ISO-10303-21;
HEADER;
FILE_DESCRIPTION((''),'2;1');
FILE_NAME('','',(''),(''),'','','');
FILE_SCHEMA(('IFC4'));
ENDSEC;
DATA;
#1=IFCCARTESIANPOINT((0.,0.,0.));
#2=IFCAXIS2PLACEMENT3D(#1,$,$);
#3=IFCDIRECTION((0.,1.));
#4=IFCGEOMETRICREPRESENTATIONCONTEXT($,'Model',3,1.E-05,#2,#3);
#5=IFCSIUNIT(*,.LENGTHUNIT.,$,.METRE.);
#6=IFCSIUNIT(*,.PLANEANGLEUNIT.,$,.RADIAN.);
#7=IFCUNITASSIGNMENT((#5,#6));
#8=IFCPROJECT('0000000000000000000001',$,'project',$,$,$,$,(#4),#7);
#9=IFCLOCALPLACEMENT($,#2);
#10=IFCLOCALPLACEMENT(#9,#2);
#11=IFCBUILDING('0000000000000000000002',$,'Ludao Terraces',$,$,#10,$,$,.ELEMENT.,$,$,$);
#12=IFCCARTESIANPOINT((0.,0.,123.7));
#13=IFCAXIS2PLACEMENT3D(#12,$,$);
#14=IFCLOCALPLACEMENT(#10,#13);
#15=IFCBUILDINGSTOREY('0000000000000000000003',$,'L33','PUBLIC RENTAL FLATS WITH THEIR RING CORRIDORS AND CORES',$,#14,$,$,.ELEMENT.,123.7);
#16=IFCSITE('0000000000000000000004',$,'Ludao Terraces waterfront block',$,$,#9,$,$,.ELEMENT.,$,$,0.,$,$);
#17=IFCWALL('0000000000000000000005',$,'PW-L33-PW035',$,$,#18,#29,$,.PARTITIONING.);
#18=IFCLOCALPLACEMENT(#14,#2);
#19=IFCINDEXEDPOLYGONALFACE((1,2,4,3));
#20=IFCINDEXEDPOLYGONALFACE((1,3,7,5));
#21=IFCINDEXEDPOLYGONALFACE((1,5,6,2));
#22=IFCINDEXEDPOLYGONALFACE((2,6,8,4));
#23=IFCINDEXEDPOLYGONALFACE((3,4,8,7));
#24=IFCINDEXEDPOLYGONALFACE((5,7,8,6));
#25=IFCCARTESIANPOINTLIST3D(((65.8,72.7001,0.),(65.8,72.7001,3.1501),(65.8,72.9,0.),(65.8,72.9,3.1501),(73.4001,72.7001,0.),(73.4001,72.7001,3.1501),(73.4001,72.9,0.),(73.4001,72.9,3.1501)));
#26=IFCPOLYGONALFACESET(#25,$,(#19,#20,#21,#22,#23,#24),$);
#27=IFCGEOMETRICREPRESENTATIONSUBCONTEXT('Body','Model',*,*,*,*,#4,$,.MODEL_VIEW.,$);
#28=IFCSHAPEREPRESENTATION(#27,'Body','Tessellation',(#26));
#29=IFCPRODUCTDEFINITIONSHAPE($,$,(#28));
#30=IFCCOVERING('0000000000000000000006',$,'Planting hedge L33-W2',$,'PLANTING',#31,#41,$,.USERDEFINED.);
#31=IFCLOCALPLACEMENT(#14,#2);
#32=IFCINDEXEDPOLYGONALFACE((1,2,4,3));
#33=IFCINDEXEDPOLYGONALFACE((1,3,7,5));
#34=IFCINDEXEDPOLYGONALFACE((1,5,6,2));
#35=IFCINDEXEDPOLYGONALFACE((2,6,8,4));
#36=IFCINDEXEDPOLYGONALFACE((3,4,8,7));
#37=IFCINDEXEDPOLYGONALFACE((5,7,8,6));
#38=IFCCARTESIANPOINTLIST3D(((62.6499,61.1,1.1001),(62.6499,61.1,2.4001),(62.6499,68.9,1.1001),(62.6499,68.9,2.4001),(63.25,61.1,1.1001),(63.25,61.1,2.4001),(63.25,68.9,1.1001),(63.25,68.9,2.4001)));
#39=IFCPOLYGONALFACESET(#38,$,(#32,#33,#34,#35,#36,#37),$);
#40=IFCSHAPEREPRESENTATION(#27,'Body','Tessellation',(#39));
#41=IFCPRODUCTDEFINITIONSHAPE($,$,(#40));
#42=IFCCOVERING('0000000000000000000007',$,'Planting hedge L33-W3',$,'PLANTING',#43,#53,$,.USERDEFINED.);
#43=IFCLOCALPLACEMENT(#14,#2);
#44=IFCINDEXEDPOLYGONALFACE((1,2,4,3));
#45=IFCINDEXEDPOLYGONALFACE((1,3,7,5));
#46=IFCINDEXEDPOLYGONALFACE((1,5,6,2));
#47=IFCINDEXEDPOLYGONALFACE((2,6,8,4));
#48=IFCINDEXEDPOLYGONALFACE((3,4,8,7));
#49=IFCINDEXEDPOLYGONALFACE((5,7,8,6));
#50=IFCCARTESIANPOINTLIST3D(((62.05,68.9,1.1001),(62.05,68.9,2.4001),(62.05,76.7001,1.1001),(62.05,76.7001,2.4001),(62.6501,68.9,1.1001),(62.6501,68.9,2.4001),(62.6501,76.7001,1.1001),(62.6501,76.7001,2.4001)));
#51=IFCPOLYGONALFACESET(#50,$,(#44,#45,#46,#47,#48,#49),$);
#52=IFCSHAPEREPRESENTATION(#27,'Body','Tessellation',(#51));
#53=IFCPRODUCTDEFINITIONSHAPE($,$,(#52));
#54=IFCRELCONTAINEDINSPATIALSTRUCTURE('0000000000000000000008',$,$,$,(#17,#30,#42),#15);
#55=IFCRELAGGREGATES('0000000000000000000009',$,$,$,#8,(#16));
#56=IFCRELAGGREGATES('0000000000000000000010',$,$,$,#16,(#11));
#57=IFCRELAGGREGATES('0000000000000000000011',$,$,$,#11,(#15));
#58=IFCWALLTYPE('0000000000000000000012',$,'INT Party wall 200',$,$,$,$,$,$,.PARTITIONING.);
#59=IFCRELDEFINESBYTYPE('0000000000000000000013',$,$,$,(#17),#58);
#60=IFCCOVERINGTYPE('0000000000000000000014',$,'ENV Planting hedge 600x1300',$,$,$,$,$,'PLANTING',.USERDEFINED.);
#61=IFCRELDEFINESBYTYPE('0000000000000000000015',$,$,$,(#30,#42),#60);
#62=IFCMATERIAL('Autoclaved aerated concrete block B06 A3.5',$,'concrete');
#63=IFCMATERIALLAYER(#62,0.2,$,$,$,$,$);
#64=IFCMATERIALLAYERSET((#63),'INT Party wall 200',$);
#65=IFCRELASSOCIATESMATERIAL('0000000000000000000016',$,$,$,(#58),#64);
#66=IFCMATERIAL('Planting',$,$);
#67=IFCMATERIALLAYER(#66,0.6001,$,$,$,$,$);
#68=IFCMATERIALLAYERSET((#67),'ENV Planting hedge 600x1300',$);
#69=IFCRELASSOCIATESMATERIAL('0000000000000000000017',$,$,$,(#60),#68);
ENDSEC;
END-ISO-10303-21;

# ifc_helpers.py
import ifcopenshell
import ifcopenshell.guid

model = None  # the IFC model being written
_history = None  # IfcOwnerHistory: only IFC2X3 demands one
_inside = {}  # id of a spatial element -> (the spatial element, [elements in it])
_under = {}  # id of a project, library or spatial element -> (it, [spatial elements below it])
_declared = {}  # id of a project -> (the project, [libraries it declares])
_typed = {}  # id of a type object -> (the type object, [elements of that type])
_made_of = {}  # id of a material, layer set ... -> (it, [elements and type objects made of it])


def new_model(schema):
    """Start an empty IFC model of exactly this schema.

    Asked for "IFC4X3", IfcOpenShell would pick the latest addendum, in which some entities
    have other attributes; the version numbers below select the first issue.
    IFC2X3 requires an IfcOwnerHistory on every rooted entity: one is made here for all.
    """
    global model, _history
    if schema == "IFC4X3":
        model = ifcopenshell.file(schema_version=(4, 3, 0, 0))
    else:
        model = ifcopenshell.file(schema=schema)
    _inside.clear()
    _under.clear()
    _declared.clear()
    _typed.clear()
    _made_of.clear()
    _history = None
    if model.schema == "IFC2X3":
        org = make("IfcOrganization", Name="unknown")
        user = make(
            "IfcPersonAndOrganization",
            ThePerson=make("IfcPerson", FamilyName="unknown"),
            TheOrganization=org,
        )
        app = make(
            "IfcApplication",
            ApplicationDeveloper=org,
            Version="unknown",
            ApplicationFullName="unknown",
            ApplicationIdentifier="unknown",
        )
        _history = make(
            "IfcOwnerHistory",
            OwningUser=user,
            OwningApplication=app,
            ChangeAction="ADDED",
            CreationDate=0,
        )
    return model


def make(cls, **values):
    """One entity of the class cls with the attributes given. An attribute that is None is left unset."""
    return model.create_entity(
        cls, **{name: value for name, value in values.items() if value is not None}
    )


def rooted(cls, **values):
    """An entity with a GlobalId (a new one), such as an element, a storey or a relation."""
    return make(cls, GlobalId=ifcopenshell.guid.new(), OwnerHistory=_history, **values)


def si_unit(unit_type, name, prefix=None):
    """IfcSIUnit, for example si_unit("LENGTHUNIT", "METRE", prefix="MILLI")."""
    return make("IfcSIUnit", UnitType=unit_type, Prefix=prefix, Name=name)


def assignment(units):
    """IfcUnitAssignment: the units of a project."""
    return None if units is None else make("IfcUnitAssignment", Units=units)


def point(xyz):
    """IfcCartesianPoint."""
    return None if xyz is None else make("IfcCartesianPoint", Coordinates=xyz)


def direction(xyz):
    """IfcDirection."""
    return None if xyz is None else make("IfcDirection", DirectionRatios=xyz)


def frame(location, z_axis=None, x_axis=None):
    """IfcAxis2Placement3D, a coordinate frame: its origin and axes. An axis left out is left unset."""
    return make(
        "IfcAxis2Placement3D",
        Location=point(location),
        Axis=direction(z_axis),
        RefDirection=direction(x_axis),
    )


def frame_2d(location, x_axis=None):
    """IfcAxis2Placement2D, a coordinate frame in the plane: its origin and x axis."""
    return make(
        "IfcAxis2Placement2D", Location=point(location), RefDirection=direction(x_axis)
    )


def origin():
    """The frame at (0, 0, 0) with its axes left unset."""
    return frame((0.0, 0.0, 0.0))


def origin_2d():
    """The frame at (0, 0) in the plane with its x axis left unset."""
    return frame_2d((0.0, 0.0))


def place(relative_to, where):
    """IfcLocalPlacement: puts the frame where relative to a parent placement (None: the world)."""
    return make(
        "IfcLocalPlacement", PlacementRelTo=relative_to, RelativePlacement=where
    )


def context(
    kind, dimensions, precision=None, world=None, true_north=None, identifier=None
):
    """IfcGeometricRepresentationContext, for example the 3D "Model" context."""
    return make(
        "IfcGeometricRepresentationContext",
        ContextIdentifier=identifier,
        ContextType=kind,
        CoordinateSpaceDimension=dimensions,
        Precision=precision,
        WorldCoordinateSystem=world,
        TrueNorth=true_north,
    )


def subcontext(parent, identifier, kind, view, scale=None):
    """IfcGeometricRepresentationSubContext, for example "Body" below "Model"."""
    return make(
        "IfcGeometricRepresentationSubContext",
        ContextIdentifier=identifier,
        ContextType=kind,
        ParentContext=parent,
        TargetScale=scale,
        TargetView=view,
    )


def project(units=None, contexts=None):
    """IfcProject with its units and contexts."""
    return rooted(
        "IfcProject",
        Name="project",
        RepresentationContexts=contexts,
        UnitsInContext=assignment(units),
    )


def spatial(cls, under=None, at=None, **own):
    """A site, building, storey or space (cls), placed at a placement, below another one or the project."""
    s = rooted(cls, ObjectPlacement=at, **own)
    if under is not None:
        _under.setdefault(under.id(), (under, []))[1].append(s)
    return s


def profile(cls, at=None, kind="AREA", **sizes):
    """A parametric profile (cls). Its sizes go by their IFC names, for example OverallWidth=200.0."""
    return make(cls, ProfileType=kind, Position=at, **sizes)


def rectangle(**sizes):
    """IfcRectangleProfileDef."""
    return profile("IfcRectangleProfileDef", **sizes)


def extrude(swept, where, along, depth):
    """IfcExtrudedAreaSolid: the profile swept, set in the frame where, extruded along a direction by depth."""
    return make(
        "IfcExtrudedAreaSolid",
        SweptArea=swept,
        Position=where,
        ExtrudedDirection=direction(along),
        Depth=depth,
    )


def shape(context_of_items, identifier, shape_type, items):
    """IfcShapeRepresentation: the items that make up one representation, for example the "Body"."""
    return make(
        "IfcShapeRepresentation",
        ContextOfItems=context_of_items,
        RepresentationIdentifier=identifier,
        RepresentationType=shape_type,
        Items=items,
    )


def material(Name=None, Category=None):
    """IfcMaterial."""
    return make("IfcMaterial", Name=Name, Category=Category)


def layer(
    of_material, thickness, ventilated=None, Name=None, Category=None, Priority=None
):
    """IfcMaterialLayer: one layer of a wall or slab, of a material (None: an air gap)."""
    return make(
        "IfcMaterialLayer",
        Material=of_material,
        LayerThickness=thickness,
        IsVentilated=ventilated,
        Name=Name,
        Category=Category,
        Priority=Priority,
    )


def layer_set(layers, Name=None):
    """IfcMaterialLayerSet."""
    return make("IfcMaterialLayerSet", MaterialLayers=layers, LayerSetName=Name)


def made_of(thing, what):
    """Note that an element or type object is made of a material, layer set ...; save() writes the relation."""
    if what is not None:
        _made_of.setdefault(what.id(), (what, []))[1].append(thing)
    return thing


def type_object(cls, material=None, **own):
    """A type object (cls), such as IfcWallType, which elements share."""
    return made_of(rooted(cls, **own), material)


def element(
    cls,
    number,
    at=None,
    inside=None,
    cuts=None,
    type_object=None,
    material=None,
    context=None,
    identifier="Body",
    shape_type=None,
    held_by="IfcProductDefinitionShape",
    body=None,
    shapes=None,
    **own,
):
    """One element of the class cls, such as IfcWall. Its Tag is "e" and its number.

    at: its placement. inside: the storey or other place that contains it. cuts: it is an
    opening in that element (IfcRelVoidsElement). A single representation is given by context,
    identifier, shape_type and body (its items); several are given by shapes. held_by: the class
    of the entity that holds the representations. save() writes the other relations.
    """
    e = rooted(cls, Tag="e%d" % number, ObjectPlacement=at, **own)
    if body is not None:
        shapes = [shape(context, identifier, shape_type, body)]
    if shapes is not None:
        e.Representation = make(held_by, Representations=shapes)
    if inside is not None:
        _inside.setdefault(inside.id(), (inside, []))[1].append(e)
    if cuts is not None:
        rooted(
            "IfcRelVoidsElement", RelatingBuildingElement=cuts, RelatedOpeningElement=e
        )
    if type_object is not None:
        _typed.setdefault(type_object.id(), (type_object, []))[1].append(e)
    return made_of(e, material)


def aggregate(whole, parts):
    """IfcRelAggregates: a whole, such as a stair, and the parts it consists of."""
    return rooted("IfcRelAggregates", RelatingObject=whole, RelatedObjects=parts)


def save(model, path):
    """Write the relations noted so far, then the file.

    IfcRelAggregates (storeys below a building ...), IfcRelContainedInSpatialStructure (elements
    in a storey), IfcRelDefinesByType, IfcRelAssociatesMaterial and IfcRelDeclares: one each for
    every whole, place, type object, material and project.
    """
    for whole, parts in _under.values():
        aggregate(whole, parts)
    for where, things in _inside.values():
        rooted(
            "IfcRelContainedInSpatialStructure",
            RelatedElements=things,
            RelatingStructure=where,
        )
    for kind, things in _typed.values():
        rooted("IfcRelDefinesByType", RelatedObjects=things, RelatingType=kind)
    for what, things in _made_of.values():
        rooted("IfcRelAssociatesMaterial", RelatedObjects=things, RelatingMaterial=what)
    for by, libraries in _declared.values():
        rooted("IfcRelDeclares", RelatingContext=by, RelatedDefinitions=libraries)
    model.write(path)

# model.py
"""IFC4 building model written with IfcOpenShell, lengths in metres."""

from ifc_helpers import new_model, si_unit, direction, frame, frame_2d, origin, origin_2d, place, context, subcontext, project, spatial, rectangle, extrude, material, layer, layer_set, type_object, element, save


model = new_model("IFC4")

# Units and contexts
model_context = context("Model", 3, precision=1e-05, world=origin(), true_north=direction((0.0, 1.0)))
body_context = subcontext(model_context, "Body", "Model", "MODEL_VIEW")
ifc_project = project(units=[si_unit("LENGTHUNIT", "METRE"), si_unit("PLANEANGLEUNIT", "RADIAN")], contexts=[model_context])

# Site, building, storey
site_placement = place(None, origin())
site = spatial("IfcSite", under=ifc_project, at=site_placement, Name="Ludao Terraces waterfront block", CompositionType="ELEMENT", RefElevation=0.0)
building_placement = place(site_placement, origin())
building = spatial("IfcBuilding", under=site, at=building_placement, Name="Ludao Terraces", CompositionType="ELEMENT")
storey_placement = place(building_placement, frame((0.0, 0.0, 123.7)))
storey = spatial("IfcBuildingStorey", under=building, at=storey_placement, Name="L33", Description="PUBLIC RENTAL FLATS WITH THEIR RING CORRIDORS AND CORES", CompositionType="ELEMENT", Elevation=123.7)

# Wall
ifc_material_1 = material(Name="Autoclaved aerated concrete block B06 A3.5", Category="concrete")
ifc_layer_1 = layer(ifc_material_1, 0.2)
ifc_layer_set_1 = layer_set([ifc_layer_1], Name="INT Party wall 200")
wall_type_1 = type_object("IfcWallType", Name="INT Party wall 200", PredefinedType="PARTITIONING", material=ifc_layer_set_1)
wall_1_placement = place(storey_placement, frame((65.8, 72.8, 0.0), z_axis=(0.0, 0.0, 1.0), x_axis=(1.0, 0.0, 0.0)))
element("IfcWall", 1, at=wall_1_placement, inside=storey, type_object=wall_type_1, Name="PW-L33-PW035", PredefinedType="PARTITIONING", context=body_context, shape_type="SweptSolid", body=[
    extrude(rectangle(XDim=7.6001, YDim=0.2, at=frame_2d((3.8, 0.0))), origin(), (0.0, 0.0, 1.0), 3.1501),
])

# Coverings
ifc_material_2 = material(Name="Planting")
ifc_layer_2 = layer(ifc_material_2, 0.6001)
ifc_layer_set_2 = layer_set([ifc_layer_2], Name="ENV Planting hedge 600x1300")
covering_type = type_object("IfcCoveringType", Name="ENV Planting hedge 600x1300", ElementType="PLANTING", PredefinedType="USERDEFINED", material=ifc_layer_set_2)
for number, where, z_axis, x_axis, name in (
    (2, (62.95, 65.0, 1.1001), (0.0, 0.0, 1.0), (1.0, 0.0, 0.0), "Planting hedge L33-W2"),
    (3, (62.3501, 72.8, 1.1001), (0.0, 0.0, 1.0), (1.0, 0.0, 0.0), "Planting hedge L33-W3"),
):
    element("IfcCovering", number, at=place(storey_placement, frame(where, z_axis=z_axis, x_axis=x_axis)), inside=storey, type_object=covering_type, Name=name, ObjectType="PLANTING", PredefinedType="USERDEFINED", context=body_context, shape_type="SweptSolid", body=[
        extrude(rectangle(XDim=0.6001, YDim=7.8, at=origin_2d()), origin(), (0.0, 0.0, 1.0), 1.3),
    ])

save(model, "model.ifc")
